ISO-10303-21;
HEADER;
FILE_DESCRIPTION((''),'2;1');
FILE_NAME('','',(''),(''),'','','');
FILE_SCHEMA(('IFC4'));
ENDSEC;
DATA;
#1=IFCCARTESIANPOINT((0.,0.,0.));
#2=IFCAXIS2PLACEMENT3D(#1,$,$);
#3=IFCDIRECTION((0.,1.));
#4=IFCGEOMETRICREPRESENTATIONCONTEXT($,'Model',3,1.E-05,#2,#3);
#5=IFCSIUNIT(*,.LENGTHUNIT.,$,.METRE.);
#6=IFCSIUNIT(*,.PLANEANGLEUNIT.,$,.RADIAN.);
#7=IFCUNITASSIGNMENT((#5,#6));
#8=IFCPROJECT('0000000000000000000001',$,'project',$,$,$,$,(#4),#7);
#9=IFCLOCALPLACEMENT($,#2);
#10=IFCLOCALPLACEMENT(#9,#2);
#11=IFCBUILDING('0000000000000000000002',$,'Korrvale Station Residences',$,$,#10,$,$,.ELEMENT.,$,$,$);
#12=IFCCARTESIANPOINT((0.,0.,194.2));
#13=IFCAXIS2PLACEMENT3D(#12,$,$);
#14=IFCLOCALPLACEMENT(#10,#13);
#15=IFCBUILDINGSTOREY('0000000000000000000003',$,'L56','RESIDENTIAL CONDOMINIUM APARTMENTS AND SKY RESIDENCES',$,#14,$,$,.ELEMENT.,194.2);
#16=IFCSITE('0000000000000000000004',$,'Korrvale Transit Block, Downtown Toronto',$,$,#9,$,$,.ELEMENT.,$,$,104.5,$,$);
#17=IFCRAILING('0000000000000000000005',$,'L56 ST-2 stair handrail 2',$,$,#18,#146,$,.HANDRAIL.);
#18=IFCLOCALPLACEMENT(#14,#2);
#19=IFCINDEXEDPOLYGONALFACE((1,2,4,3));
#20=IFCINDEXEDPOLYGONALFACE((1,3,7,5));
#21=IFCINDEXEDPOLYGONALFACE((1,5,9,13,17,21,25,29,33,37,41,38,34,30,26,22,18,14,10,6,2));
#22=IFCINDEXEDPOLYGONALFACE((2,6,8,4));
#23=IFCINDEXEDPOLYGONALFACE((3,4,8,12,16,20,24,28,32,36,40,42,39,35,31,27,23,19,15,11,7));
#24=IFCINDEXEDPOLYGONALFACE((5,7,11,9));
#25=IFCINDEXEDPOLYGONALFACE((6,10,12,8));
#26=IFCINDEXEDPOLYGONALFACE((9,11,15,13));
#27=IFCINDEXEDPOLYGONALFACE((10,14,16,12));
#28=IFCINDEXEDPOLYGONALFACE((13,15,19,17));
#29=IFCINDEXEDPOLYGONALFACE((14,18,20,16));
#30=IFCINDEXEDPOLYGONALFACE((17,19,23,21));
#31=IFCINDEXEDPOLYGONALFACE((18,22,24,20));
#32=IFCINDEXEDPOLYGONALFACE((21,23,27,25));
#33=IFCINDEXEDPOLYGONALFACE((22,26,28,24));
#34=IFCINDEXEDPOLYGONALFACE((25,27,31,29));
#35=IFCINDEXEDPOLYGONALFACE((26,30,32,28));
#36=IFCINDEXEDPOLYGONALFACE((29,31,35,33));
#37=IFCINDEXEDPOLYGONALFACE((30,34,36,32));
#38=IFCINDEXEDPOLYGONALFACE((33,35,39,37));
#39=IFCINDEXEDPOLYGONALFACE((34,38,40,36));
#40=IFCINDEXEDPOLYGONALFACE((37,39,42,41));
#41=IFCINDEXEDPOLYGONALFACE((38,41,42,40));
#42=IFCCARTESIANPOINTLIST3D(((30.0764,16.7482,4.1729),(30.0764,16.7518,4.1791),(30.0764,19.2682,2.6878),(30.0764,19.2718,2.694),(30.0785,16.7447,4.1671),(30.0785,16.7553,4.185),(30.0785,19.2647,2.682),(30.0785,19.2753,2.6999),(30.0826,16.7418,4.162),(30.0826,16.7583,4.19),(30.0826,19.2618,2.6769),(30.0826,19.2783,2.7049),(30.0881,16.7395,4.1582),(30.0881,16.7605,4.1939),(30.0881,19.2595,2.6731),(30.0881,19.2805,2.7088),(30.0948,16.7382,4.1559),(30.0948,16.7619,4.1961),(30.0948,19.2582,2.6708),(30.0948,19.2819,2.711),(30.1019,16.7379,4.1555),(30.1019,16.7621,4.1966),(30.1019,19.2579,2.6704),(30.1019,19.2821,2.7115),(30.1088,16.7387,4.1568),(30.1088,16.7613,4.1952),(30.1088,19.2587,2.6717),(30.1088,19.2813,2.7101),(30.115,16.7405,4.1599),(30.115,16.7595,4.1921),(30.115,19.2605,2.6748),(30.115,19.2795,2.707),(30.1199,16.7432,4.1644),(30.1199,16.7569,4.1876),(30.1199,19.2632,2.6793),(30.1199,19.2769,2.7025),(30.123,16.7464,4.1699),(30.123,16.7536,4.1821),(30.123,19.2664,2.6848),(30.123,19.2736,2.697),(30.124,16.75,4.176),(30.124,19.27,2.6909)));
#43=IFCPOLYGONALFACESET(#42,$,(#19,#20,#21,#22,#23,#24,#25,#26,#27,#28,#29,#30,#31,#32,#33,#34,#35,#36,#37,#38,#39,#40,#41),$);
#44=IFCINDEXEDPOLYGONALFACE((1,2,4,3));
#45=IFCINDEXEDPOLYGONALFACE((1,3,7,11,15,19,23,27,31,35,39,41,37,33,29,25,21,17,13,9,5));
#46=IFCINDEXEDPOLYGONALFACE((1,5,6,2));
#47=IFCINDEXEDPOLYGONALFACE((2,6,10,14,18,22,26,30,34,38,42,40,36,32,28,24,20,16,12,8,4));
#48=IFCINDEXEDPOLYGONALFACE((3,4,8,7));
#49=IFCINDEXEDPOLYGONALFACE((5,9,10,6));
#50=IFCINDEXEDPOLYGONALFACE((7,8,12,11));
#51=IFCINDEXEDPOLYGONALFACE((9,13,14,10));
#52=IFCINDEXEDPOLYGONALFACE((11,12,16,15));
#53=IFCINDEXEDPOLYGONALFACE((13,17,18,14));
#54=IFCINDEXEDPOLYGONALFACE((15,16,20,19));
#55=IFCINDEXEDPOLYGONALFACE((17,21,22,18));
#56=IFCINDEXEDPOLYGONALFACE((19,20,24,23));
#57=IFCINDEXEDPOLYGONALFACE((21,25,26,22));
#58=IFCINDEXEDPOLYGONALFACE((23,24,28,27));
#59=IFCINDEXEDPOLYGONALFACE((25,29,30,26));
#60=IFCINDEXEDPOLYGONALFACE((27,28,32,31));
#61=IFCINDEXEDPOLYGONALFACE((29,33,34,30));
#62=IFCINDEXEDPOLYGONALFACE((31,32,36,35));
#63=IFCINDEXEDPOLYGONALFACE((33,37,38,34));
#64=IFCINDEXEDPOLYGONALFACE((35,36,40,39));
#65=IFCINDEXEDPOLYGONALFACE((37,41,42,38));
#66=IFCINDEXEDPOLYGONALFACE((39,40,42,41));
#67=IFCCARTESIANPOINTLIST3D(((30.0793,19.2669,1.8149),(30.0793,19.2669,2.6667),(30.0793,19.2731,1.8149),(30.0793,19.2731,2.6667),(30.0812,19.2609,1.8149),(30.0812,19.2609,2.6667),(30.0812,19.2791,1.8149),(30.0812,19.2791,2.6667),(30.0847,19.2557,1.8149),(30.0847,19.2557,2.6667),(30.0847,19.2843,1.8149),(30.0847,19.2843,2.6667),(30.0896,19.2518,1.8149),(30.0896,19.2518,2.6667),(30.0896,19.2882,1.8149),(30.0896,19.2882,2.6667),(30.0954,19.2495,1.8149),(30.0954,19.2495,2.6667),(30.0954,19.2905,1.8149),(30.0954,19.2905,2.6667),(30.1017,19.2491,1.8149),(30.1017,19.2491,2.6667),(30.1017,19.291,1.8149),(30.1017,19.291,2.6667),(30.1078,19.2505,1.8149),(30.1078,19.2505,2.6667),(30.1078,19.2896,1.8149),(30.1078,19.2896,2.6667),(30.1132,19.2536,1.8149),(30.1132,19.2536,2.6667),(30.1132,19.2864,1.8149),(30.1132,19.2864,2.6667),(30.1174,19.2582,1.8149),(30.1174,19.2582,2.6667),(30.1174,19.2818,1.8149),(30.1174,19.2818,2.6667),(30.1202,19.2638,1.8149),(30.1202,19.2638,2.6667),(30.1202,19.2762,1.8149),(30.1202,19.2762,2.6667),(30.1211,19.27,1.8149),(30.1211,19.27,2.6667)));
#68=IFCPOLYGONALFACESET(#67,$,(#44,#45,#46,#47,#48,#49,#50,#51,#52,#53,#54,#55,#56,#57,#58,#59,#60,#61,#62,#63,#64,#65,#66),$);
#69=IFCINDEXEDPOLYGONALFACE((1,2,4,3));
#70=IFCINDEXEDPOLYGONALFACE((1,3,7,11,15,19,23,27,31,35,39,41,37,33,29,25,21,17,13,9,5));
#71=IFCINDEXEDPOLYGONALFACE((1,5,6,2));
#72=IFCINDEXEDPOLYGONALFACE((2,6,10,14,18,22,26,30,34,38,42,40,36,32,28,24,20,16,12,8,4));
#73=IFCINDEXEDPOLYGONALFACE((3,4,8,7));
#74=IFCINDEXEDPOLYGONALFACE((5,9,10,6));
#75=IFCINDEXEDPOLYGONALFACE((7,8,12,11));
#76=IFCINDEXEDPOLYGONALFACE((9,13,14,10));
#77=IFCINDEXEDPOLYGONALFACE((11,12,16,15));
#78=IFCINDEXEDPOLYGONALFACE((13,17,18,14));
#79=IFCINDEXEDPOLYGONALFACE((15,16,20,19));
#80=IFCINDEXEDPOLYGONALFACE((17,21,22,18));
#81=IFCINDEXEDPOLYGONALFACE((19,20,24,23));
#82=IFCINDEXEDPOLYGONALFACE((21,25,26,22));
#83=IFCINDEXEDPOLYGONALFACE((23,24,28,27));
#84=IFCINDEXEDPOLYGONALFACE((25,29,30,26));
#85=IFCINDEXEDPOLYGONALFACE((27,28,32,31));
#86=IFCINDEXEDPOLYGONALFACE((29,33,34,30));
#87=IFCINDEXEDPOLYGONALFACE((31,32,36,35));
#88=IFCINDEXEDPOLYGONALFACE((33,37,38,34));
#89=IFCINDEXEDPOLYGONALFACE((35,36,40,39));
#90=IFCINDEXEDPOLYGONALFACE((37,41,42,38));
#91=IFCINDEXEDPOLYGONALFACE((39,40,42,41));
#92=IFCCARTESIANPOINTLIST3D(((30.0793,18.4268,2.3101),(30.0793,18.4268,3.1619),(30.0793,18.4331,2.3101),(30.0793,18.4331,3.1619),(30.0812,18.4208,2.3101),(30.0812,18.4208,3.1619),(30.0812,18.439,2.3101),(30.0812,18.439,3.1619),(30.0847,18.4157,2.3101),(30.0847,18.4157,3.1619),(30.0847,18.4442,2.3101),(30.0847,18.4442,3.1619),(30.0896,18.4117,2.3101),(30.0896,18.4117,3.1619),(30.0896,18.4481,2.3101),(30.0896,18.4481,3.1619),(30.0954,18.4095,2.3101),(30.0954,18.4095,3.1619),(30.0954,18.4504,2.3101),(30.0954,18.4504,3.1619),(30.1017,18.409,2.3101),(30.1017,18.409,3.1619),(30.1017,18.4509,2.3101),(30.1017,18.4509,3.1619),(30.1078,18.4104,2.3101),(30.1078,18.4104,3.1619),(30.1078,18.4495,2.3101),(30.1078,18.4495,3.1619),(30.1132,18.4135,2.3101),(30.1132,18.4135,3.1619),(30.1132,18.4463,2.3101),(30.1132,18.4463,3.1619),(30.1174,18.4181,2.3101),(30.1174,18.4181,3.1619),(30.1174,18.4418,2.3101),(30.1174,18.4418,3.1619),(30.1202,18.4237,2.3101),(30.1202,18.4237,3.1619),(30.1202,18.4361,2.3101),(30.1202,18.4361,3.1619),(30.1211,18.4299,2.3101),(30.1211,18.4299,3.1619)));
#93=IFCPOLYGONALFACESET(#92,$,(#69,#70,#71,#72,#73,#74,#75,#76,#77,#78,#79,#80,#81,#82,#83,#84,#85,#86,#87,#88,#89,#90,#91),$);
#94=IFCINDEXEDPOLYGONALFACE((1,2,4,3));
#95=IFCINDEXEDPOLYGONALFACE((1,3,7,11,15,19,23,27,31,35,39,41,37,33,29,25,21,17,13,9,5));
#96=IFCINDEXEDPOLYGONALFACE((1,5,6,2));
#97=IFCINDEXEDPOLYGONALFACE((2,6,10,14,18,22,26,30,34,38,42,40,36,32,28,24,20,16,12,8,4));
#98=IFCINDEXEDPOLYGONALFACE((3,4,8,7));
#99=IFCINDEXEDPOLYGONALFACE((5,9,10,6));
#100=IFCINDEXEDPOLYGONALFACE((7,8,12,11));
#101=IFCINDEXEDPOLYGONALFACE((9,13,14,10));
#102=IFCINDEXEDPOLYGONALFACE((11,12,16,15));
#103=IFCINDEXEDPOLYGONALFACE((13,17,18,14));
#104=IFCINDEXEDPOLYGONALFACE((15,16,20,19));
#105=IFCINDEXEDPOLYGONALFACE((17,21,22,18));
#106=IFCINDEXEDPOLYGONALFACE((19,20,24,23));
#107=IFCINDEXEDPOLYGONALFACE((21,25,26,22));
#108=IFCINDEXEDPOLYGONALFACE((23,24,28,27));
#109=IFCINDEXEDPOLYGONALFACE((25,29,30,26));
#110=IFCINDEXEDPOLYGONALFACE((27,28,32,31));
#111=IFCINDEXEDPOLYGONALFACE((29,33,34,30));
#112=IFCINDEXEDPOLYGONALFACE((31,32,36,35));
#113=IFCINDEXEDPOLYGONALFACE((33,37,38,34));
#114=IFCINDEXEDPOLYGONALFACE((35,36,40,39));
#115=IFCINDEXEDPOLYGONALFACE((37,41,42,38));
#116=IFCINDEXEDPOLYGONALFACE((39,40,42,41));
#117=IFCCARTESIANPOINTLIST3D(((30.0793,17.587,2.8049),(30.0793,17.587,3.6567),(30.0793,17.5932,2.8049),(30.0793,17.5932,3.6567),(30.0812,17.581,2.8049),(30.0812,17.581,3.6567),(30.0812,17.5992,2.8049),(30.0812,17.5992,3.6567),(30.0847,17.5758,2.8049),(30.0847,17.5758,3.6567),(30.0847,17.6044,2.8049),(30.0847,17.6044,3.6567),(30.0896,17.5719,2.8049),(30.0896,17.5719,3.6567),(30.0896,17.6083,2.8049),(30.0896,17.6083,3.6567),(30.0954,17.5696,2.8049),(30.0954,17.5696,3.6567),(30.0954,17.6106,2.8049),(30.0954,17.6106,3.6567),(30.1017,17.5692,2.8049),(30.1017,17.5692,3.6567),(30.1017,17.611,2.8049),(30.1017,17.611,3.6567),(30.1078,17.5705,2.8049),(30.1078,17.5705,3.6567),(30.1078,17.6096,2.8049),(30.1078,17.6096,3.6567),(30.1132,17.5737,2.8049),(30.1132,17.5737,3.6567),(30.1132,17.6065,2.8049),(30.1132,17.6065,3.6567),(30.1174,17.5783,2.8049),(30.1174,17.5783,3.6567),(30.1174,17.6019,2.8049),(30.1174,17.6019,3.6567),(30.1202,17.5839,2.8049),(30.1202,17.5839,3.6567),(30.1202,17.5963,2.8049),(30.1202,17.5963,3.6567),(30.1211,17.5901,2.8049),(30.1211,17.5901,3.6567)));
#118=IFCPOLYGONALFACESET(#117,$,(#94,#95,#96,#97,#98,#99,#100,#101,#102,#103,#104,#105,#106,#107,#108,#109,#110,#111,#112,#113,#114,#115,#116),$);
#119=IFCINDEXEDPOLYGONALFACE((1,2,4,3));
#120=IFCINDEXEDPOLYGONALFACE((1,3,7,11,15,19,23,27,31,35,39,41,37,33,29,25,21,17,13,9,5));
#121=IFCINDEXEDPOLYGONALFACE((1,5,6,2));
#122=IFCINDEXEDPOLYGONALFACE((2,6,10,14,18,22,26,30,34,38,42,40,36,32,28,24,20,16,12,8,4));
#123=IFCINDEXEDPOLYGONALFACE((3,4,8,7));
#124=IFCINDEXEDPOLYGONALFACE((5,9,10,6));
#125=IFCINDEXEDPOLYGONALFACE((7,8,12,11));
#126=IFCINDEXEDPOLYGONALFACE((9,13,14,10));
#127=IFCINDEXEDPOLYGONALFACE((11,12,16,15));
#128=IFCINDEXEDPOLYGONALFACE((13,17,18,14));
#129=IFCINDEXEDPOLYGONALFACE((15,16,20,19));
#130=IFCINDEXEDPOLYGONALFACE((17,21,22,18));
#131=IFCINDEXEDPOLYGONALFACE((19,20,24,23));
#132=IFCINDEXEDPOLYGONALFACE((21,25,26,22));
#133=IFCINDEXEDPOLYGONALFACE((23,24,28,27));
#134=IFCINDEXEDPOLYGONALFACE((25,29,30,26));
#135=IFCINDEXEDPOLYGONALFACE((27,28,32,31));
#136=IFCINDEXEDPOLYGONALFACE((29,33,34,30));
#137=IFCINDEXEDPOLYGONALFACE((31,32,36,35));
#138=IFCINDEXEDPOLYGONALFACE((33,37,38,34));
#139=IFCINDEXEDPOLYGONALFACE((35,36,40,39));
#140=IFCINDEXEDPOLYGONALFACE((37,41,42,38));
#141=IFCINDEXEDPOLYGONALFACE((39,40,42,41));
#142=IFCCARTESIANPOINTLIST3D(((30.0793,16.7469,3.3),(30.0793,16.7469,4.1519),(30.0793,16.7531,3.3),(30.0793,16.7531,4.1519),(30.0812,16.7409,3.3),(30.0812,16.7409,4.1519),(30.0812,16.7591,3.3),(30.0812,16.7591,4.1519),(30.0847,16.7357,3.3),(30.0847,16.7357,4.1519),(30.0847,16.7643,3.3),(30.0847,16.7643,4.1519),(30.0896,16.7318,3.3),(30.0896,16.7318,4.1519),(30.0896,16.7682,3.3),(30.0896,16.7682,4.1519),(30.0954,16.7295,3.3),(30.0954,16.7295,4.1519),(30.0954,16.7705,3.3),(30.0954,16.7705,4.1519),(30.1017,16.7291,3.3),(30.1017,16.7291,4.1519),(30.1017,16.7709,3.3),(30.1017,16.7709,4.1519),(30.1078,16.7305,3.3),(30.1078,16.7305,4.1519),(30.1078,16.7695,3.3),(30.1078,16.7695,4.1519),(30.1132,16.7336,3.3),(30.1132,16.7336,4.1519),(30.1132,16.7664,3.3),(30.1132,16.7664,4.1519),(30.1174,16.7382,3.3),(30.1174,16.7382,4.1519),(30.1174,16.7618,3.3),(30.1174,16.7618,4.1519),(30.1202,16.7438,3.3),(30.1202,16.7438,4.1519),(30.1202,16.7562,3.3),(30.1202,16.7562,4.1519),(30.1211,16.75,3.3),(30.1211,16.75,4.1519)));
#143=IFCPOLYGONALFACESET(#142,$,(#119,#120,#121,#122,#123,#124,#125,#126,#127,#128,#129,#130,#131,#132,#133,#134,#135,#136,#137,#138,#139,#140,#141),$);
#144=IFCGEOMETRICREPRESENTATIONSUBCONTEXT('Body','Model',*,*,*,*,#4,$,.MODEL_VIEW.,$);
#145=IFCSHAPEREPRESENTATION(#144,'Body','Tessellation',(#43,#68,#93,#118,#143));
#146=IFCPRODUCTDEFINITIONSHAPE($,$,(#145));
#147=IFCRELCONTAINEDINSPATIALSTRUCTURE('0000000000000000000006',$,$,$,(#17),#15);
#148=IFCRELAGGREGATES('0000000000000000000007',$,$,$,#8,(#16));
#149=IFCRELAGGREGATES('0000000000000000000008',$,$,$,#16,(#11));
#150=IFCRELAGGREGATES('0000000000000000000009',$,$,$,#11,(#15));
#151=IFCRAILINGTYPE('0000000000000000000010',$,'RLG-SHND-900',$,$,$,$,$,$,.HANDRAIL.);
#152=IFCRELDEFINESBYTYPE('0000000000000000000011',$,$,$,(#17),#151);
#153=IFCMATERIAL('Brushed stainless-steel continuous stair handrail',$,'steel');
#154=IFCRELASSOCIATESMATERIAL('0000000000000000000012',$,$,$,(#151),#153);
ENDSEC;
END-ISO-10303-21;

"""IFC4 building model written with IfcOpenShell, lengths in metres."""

from ifc_helpers import new_model, si_unit, direction, frame, origin, origin_2d, place, context, subcontext, project, spatial, circle, extrude, material, type_object, element, save


model = new_model("IFC4")

# Units and contexts
model_context = context("Model", 3, precision=1e-05, world=origin(), true_north=direction((0.0, 1.0)))
body_context = subcontext(model_context, "Body", "Model", "MODEL_VIEW")
ifc_project = project(units=[si_unit("LENGTHUNIT", "METRE"), si_unit("PLANEANGLEUNIT", "RADIAN")], contexts=[model_context])

# Site, building, storey
site_placement = place(None, origin())
site = spatial("IfcSite", under=ifc_project, at=site_placement, Name="Korrvale Transit Block, Downtown Toronto", CompositionType="ELEMENT", RefElevation=104.5)
building_placement = place(site_placement, origin())
building = spatial("IfcBuilding", under=site, at=building_placement, Name="Korrvale Station Residences", CompositionType="ELEMENT")
storey_placement = place(building_placement, frame((0.0, 0.0, 194.2)))
storey = spatial("IfcBuildingStorey", under=building, at=storey_placement, Name="L56", Description="RESIDENTIAL CONDOMINIUM APARTMENTS AND SKY RESIDENCES", CompositionType="ELEMENT", Elevation=194.2)

# Railing
ifc_material_1 = material(Name="Brushed stainless-steel continuous stair handrail", Category="steel")
railing_type_1 = type_object("IfcRailingType", Name="RLG-SHND-900", PredefinedType="HANDRAIL", material=ifc_material_1)
railing_1_placement = place(storey_placement, frame((30.1001, 19.27, 1.8149)))
element("IfcRailing", 1, at=railing_1_placement, inside=storey, type_object=railing_type_1, Name="L56 ST-2 stair handrail 2", PredefinedType="HANDRAIL", context=body_context, shape_type="SweptSolid", body=[
    extrude(circle(Radius=0.0239, at=origin_2d()), frame((0.0, 0.0, 0.876), z_axis=(0.0, -0.861524, 0.507717), x_axis=(1.0, 0.0, 0.0)), (0.0, 0.0, 1.0), 2.925),
    extrude(circle(Radius=0.021, at=origin_2d()), origin(), (0.0, 0.0, 1.0), 0.8518),
    extrude(circle(Radius=0.021, at=origin_2d()), frame((0.0, -0.8401, 0.4951)), (0.0, 0.0, 1.0), 0.8518),
    extrude(circle(Radius=0.021, at=origin_2d()), frame((0.0, -1.6799, 0.99)), (0.0, 0.0, 1.0), 0.8518),
    extrude(circle(Radius=0.021, at=origin_2d()), frame((0.0, -2.52, 1.4851)), (0.0, 0.0, 1.0), 0.8518),
])

save(model, "model.ifc")
